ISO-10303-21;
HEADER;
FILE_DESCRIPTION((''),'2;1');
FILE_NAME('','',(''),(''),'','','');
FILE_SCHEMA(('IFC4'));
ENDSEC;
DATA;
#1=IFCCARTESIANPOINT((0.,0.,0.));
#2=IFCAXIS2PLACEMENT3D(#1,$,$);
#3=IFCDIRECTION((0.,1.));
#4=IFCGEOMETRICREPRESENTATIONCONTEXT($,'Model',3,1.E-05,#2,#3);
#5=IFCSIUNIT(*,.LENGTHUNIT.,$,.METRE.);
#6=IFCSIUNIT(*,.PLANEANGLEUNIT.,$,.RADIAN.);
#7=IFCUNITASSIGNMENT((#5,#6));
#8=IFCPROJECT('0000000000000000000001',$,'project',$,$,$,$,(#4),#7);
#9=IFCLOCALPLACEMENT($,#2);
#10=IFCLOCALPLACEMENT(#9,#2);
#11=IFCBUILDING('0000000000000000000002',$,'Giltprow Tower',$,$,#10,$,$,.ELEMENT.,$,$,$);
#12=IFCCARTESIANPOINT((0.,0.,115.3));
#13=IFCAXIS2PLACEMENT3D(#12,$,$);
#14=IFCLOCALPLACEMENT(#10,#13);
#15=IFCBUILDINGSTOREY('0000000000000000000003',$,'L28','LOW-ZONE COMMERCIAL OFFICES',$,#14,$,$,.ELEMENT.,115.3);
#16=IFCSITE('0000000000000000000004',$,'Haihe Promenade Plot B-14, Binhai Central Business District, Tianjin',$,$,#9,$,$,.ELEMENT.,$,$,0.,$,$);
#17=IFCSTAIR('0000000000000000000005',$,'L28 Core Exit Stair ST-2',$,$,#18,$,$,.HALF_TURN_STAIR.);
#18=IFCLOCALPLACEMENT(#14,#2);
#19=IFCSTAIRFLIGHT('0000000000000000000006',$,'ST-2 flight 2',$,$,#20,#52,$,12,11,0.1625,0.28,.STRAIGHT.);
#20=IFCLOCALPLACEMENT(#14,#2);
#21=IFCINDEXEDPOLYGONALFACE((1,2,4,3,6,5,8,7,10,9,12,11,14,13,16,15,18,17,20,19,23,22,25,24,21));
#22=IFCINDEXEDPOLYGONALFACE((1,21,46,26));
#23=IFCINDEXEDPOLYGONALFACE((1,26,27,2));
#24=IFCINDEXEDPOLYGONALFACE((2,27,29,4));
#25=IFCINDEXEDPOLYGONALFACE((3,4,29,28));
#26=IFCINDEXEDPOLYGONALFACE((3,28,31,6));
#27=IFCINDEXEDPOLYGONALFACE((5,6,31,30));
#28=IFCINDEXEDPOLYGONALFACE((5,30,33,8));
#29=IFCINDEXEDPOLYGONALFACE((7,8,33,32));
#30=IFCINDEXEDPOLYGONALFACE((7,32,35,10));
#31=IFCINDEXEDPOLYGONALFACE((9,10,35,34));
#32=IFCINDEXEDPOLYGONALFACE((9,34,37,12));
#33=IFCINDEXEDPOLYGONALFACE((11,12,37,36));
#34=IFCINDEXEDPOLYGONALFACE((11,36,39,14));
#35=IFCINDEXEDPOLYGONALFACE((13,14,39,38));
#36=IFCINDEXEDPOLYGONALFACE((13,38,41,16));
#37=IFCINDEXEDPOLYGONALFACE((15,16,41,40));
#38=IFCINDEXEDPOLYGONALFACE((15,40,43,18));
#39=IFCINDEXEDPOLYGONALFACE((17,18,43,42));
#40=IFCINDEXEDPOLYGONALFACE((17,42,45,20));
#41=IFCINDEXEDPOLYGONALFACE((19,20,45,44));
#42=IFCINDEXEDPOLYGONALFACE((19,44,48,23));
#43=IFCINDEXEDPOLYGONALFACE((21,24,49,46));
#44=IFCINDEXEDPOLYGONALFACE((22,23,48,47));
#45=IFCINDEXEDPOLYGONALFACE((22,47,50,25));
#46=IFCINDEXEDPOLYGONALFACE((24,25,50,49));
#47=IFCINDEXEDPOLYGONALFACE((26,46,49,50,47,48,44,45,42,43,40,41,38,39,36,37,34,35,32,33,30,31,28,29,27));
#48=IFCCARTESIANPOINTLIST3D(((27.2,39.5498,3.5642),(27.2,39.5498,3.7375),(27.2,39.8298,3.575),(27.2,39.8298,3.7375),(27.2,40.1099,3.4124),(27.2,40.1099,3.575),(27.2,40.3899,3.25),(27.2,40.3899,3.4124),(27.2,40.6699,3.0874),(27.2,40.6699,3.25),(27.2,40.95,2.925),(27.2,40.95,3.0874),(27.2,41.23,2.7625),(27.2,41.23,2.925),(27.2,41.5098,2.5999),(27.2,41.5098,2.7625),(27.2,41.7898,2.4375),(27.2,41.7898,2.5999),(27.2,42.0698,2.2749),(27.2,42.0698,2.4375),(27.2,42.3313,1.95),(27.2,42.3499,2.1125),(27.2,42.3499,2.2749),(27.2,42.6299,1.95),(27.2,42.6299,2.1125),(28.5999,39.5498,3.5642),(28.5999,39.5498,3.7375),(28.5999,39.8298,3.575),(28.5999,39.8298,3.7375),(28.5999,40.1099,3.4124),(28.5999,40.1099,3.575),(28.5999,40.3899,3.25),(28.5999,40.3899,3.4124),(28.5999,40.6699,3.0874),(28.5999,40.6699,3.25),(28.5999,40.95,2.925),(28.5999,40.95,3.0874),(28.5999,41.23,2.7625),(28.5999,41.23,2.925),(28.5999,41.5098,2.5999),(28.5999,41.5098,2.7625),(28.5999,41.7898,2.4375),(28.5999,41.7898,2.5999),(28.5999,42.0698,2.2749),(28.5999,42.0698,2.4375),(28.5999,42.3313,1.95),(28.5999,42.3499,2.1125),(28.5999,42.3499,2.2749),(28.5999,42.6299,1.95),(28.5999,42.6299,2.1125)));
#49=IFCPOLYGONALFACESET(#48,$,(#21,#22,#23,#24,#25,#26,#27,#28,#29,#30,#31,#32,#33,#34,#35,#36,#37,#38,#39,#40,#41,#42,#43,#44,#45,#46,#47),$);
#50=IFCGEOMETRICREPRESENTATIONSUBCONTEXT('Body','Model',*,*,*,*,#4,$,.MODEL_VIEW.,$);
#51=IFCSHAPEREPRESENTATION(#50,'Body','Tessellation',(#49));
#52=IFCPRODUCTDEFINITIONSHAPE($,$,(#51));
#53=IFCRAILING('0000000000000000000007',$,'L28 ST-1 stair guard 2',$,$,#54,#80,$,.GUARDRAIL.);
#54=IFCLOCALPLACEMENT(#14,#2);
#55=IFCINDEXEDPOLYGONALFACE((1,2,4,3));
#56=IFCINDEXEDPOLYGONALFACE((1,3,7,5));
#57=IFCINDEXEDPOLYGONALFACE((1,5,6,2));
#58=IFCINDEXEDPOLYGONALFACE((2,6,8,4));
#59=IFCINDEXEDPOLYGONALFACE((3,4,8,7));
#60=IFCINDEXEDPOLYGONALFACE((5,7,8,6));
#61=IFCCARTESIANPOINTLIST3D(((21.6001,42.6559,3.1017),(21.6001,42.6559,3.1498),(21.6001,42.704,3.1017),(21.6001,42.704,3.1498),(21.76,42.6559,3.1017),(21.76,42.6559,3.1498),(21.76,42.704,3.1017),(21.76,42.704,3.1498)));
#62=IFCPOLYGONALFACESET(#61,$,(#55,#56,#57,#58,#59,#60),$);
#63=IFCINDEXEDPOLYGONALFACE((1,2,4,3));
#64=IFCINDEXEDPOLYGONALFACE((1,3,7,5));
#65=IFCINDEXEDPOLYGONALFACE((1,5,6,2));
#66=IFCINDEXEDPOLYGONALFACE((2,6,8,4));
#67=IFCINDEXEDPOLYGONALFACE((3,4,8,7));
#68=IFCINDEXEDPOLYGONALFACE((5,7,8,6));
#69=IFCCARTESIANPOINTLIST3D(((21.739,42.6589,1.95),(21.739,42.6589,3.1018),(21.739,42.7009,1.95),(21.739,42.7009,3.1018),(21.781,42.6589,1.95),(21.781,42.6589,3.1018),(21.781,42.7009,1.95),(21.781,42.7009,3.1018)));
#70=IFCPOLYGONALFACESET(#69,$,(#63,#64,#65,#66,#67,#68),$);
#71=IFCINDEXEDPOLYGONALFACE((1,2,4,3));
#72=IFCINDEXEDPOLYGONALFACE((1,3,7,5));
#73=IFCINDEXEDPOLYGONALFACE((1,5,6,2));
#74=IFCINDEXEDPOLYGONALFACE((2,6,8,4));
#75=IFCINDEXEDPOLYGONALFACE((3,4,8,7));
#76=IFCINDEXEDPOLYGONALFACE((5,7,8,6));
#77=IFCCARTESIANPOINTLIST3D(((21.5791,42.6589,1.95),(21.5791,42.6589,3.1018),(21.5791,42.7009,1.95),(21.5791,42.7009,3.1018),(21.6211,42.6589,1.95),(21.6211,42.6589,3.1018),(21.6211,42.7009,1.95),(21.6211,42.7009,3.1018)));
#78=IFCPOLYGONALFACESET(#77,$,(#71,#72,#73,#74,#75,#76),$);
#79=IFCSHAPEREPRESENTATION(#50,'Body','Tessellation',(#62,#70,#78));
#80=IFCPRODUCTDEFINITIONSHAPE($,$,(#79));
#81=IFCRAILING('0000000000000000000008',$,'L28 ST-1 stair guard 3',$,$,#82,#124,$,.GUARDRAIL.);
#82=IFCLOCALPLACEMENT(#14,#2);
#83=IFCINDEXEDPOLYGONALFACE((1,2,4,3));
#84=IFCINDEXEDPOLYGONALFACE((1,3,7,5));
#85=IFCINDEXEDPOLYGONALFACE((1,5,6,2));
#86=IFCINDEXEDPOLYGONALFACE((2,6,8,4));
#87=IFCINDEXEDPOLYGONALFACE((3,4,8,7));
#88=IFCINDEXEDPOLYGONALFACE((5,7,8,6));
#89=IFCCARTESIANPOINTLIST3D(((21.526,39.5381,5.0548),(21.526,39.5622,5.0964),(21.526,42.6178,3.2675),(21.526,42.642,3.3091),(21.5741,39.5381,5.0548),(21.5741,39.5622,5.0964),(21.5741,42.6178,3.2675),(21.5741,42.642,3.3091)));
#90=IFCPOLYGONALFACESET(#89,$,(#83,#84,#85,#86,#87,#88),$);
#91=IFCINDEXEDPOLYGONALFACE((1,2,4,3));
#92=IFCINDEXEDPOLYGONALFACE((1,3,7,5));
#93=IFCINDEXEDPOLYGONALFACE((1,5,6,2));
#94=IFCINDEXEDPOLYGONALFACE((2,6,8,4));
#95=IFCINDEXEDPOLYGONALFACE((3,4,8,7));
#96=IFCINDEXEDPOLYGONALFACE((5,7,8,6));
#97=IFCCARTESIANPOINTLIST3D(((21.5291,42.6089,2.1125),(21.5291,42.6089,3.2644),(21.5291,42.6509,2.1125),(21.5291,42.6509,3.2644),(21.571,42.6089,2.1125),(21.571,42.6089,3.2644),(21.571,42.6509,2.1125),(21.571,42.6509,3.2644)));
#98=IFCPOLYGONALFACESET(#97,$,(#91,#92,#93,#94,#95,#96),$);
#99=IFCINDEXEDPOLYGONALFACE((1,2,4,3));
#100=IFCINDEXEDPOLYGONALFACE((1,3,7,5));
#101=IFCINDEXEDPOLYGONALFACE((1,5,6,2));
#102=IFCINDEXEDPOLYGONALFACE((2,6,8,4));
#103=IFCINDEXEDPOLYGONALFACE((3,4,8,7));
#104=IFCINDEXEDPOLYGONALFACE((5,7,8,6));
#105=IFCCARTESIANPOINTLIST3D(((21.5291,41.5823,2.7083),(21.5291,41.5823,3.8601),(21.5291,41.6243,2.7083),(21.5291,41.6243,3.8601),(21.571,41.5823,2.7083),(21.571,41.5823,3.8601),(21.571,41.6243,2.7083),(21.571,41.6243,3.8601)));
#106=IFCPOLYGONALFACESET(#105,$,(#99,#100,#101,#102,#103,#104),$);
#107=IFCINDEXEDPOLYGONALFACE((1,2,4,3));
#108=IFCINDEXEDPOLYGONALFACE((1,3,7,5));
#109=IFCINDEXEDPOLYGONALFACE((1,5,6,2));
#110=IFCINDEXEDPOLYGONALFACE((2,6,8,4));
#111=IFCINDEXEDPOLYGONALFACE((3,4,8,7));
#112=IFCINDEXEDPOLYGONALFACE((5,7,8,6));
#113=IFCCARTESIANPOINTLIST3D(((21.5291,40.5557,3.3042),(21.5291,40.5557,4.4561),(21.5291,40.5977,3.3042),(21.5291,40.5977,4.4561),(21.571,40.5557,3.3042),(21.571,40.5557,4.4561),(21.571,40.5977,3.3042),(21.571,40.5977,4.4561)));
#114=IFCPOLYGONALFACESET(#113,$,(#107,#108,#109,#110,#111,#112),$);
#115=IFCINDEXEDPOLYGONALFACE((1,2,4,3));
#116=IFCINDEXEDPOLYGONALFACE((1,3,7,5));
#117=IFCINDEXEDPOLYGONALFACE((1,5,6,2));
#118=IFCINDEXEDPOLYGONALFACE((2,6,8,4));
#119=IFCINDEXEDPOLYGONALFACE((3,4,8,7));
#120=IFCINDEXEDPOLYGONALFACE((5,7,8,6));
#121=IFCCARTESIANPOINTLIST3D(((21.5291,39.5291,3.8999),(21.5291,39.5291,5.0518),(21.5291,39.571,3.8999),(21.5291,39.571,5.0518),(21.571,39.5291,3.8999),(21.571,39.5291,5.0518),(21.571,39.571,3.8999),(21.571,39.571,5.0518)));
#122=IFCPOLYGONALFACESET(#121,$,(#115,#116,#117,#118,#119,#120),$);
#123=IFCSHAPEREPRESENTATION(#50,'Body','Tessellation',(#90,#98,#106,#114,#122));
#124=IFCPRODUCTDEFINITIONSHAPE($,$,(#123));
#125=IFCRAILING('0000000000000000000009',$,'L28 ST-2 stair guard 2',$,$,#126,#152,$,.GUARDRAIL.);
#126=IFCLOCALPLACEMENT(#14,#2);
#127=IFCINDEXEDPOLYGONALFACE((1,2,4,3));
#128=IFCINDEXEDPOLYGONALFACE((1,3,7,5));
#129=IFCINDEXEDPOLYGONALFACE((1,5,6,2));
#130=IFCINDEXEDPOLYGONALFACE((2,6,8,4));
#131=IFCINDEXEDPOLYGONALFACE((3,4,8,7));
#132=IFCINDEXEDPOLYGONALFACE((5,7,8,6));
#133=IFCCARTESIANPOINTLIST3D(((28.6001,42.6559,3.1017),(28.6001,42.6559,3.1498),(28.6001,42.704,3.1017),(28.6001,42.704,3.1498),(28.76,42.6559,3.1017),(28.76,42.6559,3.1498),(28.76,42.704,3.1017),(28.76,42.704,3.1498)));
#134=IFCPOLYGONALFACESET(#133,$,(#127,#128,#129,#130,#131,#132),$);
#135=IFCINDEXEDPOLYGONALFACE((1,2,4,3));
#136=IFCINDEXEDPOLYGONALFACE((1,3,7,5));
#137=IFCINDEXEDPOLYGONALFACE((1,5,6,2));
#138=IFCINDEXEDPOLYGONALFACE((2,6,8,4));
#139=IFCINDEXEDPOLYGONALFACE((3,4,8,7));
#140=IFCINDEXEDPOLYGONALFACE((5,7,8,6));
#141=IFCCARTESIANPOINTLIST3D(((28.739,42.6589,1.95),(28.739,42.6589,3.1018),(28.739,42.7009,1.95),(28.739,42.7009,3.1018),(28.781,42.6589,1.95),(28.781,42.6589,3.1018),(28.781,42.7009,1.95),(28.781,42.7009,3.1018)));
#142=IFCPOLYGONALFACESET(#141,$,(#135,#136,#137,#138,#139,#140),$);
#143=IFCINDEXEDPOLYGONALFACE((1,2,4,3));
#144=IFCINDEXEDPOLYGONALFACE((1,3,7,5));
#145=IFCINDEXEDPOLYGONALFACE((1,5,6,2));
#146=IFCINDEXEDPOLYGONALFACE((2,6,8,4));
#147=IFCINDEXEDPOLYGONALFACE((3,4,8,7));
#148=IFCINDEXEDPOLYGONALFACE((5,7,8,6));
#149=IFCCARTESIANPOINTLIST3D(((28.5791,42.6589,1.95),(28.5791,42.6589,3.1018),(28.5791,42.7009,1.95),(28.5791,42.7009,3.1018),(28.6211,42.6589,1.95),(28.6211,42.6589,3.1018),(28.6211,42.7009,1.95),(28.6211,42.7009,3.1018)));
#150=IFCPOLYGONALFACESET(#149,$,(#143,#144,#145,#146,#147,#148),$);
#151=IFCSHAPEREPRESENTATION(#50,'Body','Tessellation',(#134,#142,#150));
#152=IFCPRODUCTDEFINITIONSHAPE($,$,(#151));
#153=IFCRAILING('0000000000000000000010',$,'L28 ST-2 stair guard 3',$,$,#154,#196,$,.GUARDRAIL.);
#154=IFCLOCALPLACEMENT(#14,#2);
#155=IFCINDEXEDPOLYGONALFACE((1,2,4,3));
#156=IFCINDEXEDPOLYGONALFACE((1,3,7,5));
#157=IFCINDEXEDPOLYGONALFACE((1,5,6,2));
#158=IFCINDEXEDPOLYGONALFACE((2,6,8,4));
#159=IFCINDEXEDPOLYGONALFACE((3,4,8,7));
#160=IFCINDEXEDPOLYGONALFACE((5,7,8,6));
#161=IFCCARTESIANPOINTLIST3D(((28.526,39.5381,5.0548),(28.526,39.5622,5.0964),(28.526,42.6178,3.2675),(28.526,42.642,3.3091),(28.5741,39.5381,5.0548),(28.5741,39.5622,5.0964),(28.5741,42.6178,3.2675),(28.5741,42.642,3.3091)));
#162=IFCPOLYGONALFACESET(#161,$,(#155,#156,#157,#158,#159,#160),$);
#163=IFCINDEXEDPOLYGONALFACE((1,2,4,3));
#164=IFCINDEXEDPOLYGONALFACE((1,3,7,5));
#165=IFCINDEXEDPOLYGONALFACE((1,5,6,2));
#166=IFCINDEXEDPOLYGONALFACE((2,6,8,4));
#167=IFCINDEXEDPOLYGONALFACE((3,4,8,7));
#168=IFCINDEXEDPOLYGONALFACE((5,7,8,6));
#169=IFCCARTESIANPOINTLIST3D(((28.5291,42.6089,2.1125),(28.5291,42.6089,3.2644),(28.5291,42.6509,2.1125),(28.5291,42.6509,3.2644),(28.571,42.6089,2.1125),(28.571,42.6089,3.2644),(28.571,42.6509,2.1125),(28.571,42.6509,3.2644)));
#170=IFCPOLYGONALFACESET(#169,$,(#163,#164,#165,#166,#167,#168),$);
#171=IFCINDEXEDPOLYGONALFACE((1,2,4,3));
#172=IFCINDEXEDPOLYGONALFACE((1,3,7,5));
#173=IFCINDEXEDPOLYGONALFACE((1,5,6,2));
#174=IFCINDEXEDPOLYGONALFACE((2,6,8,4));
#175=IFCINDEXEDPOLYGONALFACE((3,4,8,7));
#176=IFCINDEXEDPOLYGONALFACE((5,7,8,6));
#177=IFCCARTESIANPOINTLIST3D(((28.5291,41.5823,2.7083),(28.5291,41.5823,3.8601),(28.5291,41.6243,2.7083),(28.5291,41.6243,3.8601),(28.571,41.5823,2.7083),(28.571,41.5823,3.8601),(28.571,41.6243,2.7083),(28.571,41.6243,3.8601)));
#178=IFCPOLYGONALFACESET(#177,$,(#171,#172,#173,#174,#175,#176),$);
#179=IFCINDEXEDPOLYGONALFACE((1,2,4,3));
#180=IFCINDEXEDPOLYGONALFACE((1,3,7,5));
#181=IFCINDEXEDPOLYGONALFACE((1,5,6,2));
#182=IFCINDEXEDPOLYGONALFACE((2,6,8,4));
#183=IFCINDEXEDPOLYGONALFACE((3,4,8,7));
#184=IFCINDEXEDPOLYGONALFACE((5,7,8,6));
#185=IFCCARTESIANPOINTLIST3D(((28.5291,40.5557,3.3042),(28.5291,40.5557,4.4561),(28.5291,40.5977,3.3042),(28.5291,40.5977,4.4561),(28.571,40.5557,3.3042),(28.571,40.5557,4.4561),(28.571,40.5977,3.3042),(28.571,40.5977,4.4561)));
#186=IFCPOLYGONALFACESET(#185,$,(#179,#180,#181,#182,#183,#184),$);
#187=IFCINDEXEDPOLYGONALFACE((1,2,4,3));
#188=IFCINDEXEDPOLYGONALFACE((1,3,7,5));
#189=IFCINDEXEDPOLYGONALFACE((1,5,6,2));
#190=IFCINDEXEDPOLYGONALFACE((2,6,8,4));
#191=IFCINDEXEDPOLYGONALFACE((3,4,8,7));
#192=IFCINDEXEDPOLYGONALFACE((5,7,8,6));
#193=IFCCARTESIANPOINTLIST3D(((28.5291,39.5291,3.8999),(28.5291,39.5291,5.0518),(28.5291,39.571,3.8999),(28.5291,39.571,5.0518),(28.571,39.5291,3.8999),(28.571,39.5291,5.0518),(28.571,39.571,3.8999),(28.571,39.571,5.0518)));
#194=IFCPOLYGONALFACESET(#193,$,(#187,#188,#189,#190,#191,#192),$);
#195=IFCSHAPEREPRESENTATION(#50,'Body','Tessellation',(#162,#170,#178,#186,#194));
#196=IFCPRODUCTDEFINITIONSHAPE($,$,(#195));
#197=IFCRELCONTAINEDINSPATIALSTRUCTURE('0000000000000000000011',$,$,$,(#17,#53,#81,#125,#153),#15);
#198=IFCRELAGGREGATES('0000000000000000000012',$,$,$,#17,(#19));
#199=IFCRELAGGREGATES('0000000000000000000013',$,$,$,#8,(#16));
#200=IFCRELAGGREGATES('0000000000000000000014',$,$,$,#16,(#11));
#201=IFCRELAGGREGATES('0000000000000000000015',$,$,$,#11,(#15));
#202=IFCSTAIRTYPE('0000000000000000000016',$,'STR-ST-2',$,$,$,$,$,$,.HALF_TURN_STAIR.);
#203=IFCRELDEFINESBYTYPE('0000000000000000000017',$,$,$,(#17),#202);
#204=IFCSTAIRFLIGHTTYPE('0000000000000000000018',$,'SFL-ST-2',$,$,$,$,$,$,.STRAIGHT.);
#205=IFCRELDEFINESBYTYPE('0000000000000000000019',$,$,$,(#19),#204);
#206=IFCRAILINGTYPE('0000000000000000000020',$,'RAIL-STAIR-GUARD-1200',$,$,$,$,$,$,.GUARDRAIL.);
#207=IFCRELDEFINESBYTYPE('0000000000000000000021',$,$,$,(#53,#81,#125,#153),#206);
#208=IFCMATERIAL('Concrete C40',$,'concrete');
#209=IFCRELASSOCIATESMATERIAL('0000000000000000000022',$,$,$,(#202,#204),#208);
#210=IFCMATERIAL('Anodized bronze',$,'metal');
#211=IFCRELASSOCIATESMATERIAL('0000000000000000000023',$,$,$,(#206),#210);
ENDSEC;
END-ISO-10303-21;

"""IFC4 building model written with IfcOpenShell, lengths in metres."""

from ifc_helpers import new_model, si_unit, direction, frame, origin, origin_2d, place, context, subcontext, project, spatial, polyline, rectangle, outline, extrude, material, type_object, element, aggregate, save


model = new_model("IFC4")

# Units and contexts
model_context = context("Model", 3, precision=1e-05, world=origin(), true_north=direction((0.0, 1.0)))
body_context = subcontext(model_context, "Body", "Model", "MODEL_VIEW")
ifc_project = project(units=[si_unit("LENGTHUNIT", "METRE"), si_unit("PLANEANGLEUNIT", "RADIAN")], contexts=[model_context])

# Site, building, storey
site_placement = place(None, origin())
site = spatial("IfcSite", under=ifc_project, at=site_placement, Name="Haihe Promenade Plot B-14, Binhai Central Business District, Tianjin", CompositionType="ELEMENT", RefElevation=0.0)
building_placement = place(site_placement, origin())
building = spatial("IfcBuilding", under=site, at=building_placement, Name="Giltprow Tower", CompositionType="ELEMENT")
storey_placement = place(building_placement, frame((0.0, 0.0, 115.3)))
storey = spatial("IfcBuildingStorey", under=building, at=storey_placement, Name="L28", Description="LOW-ZONE COMMERCIAL OFFICES", CompositionType="ELEMENT", Elevation=115.3)

# Shared definitions
ifc_material_1 = material(Name="Concrete C40", Category="concrete")

# Stair, stair flight
stair_type_1 = type_object("IfcStairType", Name="STR-ST-2", PredefinedType="HALF_TURN_STAIR", material=ifc_material_1)
stair_1_placement = place(storey_placement, origin())
stair_1 = element("IfcStair", 1, at=stair_1_placement, inside=storey, type_object=stair_type_1, Name="L28 Core Exit Stair ST-2", PredefinedType="HALF_TURN_STAIR")
stair_flight_type_1 = type_object("IfcStairFlightType", Name="SFL-ST-2", PredefinedType="STRAIGHT", material=ifc_material_1)
stair_flight_1_placement = place(storey_placement, frame((27.8999, 42.6299, 1.95), z_axis=(0.0, 0.0, 1.0), x_axis=(0.0, -1.0, 0.0)))
stair_flight_1 = element("IfcStairFlight", 2, at=stair_flight_1_placement, type_object=stair_flight_type_1, Name="ST-2 flight 2", NumberOfRisers=12, NumberOfTreads=11, PredefinedType="STRAIGHT", RiserHeight=0.1625, TreadLength=0.28, context=body_context, shape_type="SweptSolid", body=[
    extrude(outline(polyline([(0.0, 0.0), (0.0, 0.1626), (0.28, 0.1626), (0.28, 0.325), (0.5601, 0.325), (0.5601, 0.4875), (0.8401, 0.4875), (0.8401, 0.6499), (1.1201, 0.6499), (1.1201, 0.8125), (1.3999, 0.8125), (1.3999, 0.9751), (1.6799, 0.9751), (1.6799, 1.1375), (1.96, 1.1375), (1.96, 1.3), (2.24, 1.3), (2.24, 1.4624), (2.52, 1.4624), (2.52, 1.625), (2.8, 1.625), (2.8, 1.7876), (3.0801, 1.7876), (3.0801, 1.95), (3.0801, 1.6143), (0.2986, 0.0), (0.0, 0.0)])), frame((0.0, 0.7, 0.0), z_axis=(0.0, -1.0, 0.0), x_axis=(1.0, 0.0, 0.0)), (0.0, 0.0, 1.0), 1.3999),
])
aggregate(stair_1, [stair_flight_1])

# Railings
ifc_material_2 = material(Name="Anodized bronze", Category="metal")
railing_type_1 = type_object("IfcRailingType", Name="RAIL-STAIR-GUARD-1200", PredefinedType="GUARDRAIL", material=ifc_material_2)
railing_1_placement = place(storey_placement, frame((21.76, 42.6799, 1.95)))
element("IfcRailing", 3, at=railing_1_placement, inside=storey, type_object=railing_type_1, Name="L28 ST-1 stair guard 2", PredefinedType="GUARDRAIL", context=body_context, shape_type="SweptSolid", body=[
    extrude(rectangle(XDim=0.0481, YDim=0.0481, at=origin_2d()), frame((0.0, 0.0, 1.1758), z_axis=(-1.0, 0.0, 0.0), x_axis=(0.0, -1.0, 0.0)), (0.0, 0.0, 1.0), 0.1599),
    extrude(rectangle(XDim=0.042, YDim=0.042, at=origin_2d()), origin(), (0.0, 0.0, 1.0), 1.1519),
    extrude(rectangle(XDim=0.042, YDim=0.042, at=origin_2d()), frame((-0.1599, 0.0, 0.0)), (0.0, 0.0, 1.0), 1.1519),
])
railing_2_placement = place(storey_placement, frame((21.55, 42.6299, 2.1125)))
element("IfcRailing", 4, at=railing_2_placement, inside=storey, type_object=railing_type_1, Name="L28 ST-1 stair guard 3", PredefinedType="GUARDRAIL", context=body_context, shape_type="SweptSolid", body=[
    extrude(rectangle(XDim=0.0481, YDim=0.0481, at=origin_2d()), frame((0.0, 0.0, 1.1758), z_axis=(0.0, -0.864903, 0.501939), x_axis=(1.0, 0.0, 0.0)), (0.0, 0.0, 1.0), 3.5608),
    extrude(rectangle(XDim=0.042, YDim=0.042, at=origin_2d()), origin(), (0.0, 0.0, 1.0), 1.1519),
    extrude(rectangle(XDim=0.042, YDim=0.042, at=origin_2d()), frame((0.0, -1.0266, 0.5957)), (0.0, 0.0, 1.0), 1.1519),
    extrude(rectangle(XDim=0.042, YDim=0.042, at=origin_2d()), frame((0.0, -2.0532, 1.1917)), (0.0, 0.0, 1.0), 1.1519),
    extrude(rectangle(XDim=0.042, YDim=0.042, at=origin_2d()), frame((0.0, -3.0798, 1.7874)), (0.0, 0.0, 1.0), 1.1519),
])
railing_3_placement = place(storey_placement, frame((28.76, 42.6799, 1.95)))
element("IfcRailing", 5, at=railing_3_placement, inside=storey, type_object=railing_type_1, Name="L28 ST-2 stair guard 2", PredefinedType="GUARDRAIL", context=body_context, shape_type="SweptSolid", body=[
    extrude(rectangle(XDim=0.0481, YDim=0.0481, at=origin_2d()), frame((0.0, 0.0, 1.1758), z_axis=(-1.0, 0.0, 0.0), x_axis=(0.0, -1.0, 0.0)), (0.0, 0.0, 1.0), 0.1599),
    extrude(rectangle(XDim=0.042, YDim=0.042, at=origin_2d()), origin(), (0.0, 0.0, 1.0), 1.1519),
    extrude(rectangle(XDim=0.042, YDim=0.042, at=origin_2d()), frame((-0.1599, 0.0, 0.0)), (0.0, 0.0, 1.0), 1.1519),
])
railing_4_placement = place(storey_placement, frame((28.55, 42.6299, 2.1125)))
element("IfcRailing", 6, at=railing_4_placement, inside=storey, type_object=railing_type_1, Name="L28 ST-2 stair guard 3", PredefinedType="GUARDRAIL", context=body_context, shape_type="SweptSolid", body=[
    extrude(rectangle(XDim=0.0481, YDim=0.0481, at=origin_2d()), frame((0.0, 0.0, 1.1758), z_axis=(0.0, -0.864903, 0.501939), x_axis=(1.0, 0.0, 0.0)), (0.0, 0.0, 1.0), 3.5608),
    extrude(rectangle(XDim=0.042, YDim=0.042, at=origin_2d()), origin(), (0.0, 0.0, 1.0), 1.1519),
    extrude(rectangle(XDim=0.042, YDim=0.042, at=origin_2d()), frame((0.0, -1.0266, 0.5957)), (0.0, 0.0, 1.0), 1.1519),
    extrude(rectangle(XDim=0.042, YDim=0.042, at=origin_2d()), frame((0.0, -2.0532, 1.1917)), (0.0, 0.0, 1.0), 1.1519),
    extrude(rectangle(XDim=0.042, YDim=0.042, at=origin_2d()), frame((0.0, -3.0798, 1.7874)), (0.0, 0.0, 1.0), 1.1519),
])

save(model, "model.ifc")
